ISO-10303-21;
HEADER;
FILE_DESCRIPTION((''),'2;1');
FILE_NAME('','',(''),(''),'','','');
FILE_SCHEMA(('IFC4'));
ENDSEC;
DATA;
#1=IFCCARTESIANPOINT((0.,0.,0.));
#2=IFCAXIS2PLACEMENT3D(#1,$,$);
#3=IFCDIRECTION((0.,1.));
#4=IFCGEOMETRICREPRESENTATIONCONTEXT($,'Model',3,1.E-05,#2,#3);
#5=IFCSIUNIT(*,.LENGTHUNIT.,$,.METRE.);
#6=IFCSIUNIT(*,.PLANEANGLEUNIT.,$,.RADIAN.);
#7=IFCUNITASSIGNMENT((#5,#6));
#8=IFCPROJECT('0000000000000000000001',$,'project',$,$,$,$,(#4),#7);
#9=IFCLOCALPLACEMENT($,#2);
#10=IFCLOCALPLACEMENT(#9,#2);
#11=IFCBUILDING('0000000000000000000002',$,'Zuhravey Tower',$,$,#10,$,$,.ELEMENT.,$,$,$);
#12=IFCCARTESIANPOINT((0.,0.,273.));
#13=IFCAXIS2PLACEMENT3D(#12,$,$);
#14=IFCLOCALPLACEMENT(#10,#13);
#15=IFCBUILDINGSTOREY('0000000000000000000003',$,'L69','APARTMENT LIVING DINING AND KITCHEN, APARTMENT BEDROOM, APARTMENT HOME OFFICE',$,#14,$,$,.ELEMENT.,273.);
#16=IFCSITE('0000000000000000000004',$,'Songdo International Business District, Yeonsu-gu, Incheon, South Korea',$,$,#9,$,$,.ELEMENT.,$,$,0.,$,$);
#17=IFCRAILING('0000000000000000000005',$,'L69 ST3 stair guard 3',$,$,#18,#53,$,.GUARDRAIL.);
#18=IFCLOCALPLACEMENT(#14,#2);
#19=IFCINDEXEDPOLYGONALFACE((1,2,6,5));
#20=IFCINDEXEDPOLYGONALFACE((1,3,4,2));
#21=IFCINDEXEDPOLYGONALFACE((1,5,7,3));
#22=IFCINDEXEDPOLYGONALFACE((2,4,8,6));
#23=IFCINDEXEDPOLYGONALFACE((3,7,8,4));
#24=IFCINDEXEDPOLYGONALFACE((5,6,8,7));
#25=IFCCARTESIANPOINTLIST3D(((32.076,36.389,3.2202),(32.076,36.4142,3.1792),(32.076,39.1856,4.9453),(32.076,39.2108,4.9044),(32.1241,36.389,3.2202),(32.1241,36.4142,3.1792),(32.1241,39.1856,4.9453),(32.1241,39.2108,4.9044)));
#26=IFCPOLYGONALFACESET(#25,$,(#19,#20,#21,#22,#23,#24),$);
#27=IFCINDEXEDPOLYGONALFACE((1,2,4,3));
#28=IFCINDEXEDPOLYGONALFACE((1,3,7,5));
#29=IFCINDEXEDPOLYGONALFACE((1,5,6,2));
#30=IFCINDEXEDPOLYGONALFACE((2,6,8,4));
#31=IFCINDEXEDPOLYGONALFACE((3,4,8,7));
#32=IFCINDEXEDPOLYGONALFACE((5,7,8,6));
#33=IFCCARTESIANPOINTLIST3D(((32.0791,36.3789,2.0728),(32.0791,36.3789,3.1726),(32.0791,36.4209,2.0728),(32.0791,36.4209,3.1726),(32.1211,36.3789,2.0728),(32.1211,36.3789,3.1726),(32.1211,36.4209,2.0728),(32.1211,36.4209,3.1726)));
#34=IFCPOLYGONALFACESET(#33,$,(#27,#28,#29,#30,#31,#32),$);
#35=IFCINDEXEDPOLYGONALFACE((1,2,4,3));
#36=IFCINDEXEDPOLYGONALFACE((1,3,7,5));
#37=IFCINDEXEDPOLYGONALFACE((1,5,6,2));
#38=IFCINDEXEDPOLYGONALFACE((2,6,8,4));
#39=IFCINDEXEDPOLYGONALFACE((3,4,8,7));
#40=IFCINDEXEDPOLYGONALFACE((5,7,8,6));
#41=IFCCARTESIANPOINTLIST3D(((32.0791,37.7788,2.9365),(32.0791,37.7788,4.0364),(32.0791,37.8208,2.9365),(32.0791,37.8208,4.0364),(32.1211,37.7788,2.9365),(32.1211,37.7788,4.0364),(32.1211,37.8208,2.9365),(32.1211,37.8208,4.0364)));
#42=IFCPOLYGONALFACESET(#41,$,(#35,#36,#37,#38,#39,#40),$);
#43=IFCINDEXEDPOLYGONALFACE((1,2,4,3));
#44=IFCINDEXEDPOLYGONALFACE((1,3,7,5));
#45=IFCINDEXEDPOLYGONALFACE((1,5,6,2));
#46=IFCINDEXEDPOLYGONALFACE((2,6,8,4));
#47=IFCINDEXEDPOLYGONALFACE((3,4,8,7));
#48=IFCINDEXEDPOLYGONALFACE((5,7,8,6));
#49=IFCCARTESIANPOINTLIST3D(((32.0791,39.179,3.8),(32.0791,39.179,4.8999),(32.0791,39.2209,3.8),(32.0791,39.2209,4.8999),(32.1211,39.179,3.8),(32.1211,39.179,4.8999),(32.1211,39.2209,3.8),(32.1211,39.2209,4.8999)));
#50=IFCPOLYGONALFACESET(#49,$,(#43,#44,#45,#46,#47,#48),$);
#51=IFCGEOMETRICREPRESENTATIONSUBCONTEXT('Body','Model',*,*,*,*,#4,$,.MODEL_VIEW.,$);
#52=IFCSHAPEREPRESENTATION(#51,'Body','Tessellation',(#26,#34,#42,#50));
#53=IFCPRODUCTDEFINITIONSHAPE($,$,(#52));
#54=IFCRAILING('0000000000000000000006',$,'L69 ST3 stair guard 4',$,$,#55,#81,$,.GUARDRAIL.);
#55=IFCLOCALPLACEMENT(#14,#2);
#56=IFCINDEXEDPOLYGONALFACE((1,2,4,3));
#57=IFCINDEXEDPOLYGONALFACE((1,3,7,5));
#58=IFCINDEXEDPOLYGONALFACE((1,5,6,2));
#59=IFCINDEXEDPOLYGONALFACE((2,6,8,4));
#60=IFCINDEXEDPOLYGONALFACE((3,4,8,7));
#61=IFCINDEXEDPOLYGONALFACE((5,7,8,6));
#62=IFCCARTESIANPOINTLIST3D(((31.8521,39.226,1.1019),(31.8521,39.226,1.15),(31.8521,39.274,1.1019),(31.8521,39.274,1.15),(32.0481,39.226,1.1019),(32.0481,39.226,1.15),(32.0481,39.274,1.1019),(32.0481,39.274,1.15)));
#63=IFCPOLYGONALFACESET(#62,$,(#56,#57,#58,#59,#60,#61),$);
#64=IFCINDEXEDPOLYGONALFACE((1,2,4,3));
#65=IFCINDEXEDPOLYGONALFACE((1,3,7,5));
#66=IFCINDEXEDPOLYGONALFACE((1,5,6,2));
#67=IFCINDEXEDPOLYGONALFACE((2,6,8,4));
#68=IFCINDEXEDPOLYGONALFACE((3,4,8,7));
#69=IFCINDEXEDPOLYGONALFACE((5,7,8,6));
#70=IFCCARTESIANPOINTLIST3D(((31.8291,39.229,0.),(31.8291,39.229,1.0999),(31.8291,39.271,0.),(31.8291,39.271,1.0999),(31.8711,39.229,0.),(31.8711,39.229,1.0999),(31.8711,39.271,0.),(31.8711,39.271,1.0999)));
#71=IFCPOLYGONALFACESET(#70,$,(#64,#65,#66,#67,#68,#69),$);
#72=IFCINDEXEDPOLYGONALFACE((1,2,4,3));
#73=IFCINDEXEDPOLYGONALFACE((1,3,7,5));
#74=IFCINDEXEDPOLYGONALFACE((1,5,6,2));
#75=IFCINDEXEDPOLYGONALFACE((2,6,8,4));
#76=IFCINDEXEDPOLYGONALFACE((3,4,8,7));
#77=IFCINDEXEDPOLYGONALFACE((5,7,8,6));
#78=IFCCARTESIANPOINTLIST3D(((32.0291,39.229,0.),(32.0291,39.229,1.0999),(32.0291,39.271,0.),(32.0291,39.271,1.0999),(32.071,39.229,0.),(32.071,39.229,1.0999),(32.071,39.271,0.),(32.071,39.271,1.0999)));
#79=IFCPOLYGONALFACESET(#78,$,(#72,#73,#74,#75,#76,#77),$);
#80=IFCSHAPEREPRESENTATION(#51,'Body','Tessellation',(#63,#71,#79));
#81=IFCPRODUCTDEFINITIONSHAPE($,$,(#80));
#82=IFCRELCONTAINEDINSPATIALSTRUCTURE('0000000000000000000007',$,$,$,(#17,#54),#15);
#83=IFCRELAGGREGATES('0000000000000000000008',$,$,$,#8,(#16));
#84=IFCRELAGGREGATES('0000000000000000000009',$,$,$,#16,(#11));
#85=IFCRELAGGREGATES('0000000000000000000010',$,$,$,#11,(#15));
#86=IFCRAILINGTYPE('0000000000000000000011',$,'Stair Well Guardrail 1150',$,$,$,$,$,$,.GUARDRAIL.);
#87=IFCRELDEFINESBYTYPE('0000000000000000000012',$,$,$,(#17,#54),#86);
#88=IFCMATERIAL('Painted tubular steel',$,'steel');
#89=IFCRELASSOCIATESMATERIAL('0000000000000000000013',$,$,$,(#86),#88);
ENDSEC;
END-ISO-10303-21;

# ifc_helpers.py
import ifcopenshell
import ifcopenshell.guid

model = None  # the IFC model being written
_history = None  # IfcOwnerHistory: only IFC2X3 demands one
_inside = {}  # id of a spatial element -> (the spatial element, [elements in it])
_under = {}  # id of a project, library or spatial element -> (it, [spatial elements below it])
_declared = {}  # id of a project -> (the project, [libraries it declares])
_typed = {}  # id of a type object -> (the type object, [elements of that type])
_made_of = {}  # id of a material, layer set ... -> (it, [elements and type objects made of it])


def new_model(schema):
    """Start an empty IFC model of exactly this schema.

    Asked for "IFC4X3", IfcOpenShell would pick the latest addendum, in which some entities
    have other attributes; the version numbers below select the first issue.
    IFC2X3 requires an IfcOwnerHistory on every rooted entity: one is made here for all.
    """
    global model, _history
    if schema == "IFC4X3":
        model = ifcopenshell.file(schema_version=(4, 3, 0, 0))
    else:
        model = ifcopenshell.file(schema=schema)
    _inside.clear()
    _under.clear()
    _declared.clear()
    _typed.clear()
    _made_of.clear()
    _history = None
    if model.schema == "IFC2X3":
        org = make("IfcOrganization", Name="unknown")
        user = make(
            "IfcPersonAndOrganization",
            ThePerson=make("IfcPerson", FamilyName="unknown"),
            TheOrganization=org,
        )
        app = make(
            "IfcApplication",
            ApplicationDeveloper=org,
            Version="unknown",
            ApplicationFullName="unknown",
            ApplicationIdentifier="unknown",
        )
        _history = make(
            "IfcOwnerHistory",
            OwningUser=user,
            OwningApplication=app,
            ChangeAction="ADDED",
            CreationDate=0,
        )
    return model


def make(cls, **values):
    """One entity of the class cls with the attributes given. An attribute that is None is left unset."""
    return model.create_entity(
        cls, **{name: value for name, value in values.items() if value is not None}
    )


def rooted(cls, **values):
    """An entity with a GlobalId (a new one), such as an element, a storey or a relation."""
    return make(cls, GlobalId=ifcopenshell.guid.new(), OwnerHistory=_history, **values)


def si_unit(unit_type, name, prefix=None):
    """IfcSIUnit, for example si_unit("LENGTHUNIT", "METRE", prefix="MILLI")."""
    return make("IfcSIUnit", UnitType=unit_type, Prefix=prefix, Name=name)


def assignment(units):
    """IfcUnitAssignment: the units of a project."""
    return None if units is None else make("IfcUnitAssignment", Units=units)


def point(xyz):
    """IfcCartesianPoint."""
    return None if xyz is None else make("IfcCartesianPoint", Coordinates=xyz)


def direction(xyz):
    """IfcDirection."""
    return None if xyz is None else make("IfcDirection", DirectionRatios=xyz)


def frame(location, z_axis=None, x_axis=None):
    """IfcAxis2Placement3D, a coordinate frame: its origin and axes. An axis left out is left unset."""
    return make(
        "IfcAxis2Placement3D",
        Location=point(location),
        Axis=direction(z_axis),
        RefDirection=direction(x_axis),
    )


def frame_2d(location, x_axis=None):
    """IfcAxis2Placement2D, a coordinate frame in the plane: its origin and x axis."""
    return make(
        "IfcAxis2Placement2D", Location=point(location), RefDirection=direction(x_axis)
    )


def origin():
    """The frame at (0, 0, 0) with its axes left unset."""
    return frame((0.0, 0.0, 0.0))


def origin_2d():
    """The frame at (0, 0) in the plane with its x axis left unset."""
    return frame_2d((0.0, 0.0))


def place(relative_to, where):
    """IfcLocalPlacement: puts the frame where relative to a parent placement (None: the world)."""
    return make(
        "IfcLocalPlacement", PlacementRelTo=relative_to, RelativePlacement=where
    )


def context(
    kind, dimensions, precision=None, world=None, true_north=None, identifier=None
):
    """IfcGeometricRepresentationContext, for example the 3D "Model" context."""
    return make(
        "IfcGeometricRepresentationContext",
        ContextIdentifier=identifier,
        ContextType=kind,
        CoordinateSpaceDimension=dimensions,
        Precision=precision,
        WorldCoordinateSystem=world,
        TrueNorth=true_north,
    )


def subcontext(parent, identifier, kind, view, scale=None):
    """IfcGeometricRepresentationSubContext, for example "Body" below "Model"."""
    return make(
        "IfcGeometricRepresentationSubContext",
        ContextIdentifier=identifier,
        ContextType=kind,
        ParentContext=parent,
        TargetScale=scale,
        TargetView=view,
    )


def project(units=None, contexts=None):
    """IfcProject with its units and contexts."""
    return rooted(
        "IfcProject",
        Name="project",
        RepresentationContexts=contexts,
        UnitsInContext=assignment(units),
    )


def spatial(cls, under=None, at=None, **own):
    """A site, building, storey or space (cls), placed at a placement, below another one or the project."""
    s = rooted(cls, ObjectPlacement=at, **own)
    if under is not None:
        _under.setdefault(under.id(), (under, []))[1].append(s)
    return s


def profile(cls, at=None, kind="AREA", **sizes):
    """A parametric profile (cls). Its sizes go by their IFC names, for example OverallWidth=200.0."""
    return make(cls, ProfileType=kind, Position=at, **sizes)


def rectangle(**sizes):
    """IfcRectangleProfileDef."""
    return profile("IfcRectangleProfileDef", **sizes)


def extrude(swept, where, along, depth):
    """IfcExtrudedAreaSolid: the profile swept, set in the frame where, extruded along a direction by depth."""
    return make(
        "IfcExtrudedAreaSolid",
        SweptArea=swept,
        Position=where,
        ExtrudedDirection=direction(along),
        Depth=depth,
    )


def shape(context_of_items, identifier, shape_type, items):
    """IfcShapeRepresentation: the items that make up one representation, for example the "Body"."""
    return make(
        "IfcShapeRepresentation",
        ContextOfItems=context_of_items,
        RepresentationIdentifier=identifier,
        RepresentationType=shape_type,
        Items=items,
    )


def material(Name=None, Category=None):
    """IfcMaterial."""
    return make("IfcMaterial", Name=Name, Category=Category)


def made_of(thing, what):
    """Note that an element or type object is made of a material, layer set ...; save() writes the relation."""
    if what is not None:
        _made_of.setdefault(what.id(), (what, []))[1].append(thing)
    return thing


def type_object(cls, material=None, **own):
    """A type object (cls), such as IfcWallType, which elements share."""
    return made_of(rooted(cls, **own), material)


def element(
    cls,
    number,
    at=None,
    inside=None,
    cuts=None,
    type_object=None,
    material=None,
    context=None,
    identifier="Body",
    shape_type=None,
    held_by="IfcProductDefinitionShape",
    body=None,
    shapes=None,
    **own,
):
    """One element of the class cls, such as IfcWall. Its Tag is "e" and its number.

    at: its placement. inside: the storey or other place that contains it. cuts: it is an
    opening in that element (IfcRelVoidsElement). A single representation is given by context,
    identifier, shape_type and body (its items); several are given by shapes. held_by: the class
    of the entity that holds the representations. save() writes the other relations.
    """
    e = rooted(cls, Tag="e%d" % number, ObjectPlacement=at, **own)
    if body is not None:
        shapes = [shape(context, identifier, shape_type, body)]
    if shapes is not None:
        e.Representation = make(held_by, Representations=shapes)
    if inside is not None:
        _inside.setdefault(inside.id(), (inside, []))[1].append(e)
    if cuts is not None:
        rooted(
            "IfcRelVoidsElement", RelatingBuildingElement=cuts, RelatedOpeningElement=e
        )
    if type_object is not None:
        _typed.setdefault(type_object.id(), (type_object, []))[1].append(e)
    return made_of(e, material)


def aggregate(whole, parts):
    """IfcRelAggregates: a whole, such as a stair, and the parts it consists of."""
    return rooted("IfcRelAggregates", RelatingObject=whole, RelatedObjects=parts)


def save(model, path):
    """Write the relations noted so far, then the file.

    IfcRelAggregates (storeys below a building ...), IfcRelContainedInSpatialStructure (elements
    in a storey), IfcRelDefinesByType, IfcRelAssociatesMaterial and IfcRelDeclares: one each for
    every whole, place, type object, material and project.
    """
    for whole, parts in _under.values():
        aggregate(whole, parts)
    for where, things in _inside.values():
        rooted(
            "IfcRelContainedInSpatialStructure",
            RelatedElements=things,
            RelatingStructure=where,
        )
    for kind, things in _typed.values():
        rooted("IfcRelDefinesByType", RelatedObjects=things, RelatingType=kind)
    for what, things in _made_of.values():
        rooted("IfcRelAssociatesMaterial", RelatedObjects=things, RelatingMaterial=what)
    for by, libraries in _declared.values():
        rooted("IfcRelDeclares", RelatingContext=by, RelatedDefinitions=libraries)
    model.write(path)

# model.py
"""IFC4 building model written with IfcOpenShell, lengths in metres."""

from ifc_helpers import new_model, si_unit, direction, frame, origin, origin_2d, place, context, subcontext, project, spatial, rectangle, extrude, material, type_object, element, save


model = new_model("IFC4")

# Units and contexts
model_context = context("Model", 3, precision=1e-05, world=origin(), true_north=direction((0.0, 1.0)))
body_context = subcontext(model_context, "Body", "Model", "MODEL_VIEW")
ifc_project = project(units=[si_unit("LENGTHUNIT", "METRE"), si_unit("PLANEANGLEUNIT", "RADIAN")], contexts=[model_context])

# Site, building, storey
site_placement = place(None, origin())
site = spatial("IfcSite", under=ifc_project, at=site_placement, Name="Songdo International Business District, Yeonsu-gu, Incheon, South Korea", CompositionType="ELEMENT", RefElevation=0.0)
building_placement = place(site_placement, origin())
building = spatial("IfcBuilding", under=site, at=building_placement, Name="Zuhravey Tower", CompositionType="ELEMENT")
storey_placement = place(building_placement, frame((0.0, 0.0, 273.0)))
storey = spatial("IfcBuildingStorey", under=building, at=storey_placement, Name="L69", Description="APARTMENT LIVING DINING AND KITCHEN, APARTMENT BEDROOM, APARTMENT HOME OFFICE", CompositionType="ELEMENT", Elevation=273.0)

# Railings
ifc_material_1 = material(Name="Painted tubular steel", Category="steel")
railing_type_1 = type_object("IfcRailingType", Name="Stair Well Guardrail 1150", PredefinedType="GUARDRAIL", material=ifc_material_1)
railing_1_placement = place(storey_placement, frame((32.1001, 36.3999, 2.0728)))
element("IfcRailing", 1, at=railing_1_placement, inside=storey, type_object=railing_type_1, Name="L69 ST3 stair guard 3", PredefinedType="GUARDRAIL", context=body_context, shape_type="SweptSolid", body=[
    extrude(rectangle(XDim=0.0481, YDim=0.0481, at=origin_2d()), frame((0.0, 0.0017, 1.127), z_axis=(0.0, 0.85109, 0.52502), x_axis=(-1.0, 0.0, 0.0)), (0.0, 0.0, 1.0), 3.2859),
    extrude(rectangle(XDim=0.042, YDim=0.042, at=origin_2d()), origin(), (0.0, 0.0, 1.0), 1.0999),
    extrude(rectangle(XDim=0.042, YDim=0.042, at=origin_2d()), frame((0.0, 1.3999, 0.8638)), (0.0, 0.0, 1.0), 1.0999),
    extrude(rectangle(XDim=0.042, YDim=0.042, at=origin_2d()), frame((0.0, 2.8, 1.7273)), (0.0, 0.0, 1.0), 1.0999),
])
railing_2_placement = place(storey_placement, frame((31.8501, 39.25, 0.0)))
element("IfcRailing", 2, at=railing_2_placement, inside=storey, type_object=railing_type_1, Name="L69 ST3 stair guard 4", PredefinedType="GUARDRAIL", context=body_context, shape_type="SweptSolid", body=[
    extrude(rectangle(XDim=0.0481, YDim=0.0481, at=origin_2d()), frame((0.002, 0.0, 1.126), z_axis=(1.0, 0.0, 0.0), x_axis=(0.0, 1.0, 0.0)), (0.0, 0.0, 1.0), 0.196),
    extrude(rectangle(XDim=0.042, YDim=0.042, at=origin_2d()), origin(), (0.0, 0.0, 1.0), 1.0999),
    extrude(rectangle(XDim=0.042, YDim=0.042, at=origin_2d()), frame((0.2, 0.0, 0.0)), (0.0, 0.0, 1.0), 1.0999),
])

save(model, "model.ifc")
